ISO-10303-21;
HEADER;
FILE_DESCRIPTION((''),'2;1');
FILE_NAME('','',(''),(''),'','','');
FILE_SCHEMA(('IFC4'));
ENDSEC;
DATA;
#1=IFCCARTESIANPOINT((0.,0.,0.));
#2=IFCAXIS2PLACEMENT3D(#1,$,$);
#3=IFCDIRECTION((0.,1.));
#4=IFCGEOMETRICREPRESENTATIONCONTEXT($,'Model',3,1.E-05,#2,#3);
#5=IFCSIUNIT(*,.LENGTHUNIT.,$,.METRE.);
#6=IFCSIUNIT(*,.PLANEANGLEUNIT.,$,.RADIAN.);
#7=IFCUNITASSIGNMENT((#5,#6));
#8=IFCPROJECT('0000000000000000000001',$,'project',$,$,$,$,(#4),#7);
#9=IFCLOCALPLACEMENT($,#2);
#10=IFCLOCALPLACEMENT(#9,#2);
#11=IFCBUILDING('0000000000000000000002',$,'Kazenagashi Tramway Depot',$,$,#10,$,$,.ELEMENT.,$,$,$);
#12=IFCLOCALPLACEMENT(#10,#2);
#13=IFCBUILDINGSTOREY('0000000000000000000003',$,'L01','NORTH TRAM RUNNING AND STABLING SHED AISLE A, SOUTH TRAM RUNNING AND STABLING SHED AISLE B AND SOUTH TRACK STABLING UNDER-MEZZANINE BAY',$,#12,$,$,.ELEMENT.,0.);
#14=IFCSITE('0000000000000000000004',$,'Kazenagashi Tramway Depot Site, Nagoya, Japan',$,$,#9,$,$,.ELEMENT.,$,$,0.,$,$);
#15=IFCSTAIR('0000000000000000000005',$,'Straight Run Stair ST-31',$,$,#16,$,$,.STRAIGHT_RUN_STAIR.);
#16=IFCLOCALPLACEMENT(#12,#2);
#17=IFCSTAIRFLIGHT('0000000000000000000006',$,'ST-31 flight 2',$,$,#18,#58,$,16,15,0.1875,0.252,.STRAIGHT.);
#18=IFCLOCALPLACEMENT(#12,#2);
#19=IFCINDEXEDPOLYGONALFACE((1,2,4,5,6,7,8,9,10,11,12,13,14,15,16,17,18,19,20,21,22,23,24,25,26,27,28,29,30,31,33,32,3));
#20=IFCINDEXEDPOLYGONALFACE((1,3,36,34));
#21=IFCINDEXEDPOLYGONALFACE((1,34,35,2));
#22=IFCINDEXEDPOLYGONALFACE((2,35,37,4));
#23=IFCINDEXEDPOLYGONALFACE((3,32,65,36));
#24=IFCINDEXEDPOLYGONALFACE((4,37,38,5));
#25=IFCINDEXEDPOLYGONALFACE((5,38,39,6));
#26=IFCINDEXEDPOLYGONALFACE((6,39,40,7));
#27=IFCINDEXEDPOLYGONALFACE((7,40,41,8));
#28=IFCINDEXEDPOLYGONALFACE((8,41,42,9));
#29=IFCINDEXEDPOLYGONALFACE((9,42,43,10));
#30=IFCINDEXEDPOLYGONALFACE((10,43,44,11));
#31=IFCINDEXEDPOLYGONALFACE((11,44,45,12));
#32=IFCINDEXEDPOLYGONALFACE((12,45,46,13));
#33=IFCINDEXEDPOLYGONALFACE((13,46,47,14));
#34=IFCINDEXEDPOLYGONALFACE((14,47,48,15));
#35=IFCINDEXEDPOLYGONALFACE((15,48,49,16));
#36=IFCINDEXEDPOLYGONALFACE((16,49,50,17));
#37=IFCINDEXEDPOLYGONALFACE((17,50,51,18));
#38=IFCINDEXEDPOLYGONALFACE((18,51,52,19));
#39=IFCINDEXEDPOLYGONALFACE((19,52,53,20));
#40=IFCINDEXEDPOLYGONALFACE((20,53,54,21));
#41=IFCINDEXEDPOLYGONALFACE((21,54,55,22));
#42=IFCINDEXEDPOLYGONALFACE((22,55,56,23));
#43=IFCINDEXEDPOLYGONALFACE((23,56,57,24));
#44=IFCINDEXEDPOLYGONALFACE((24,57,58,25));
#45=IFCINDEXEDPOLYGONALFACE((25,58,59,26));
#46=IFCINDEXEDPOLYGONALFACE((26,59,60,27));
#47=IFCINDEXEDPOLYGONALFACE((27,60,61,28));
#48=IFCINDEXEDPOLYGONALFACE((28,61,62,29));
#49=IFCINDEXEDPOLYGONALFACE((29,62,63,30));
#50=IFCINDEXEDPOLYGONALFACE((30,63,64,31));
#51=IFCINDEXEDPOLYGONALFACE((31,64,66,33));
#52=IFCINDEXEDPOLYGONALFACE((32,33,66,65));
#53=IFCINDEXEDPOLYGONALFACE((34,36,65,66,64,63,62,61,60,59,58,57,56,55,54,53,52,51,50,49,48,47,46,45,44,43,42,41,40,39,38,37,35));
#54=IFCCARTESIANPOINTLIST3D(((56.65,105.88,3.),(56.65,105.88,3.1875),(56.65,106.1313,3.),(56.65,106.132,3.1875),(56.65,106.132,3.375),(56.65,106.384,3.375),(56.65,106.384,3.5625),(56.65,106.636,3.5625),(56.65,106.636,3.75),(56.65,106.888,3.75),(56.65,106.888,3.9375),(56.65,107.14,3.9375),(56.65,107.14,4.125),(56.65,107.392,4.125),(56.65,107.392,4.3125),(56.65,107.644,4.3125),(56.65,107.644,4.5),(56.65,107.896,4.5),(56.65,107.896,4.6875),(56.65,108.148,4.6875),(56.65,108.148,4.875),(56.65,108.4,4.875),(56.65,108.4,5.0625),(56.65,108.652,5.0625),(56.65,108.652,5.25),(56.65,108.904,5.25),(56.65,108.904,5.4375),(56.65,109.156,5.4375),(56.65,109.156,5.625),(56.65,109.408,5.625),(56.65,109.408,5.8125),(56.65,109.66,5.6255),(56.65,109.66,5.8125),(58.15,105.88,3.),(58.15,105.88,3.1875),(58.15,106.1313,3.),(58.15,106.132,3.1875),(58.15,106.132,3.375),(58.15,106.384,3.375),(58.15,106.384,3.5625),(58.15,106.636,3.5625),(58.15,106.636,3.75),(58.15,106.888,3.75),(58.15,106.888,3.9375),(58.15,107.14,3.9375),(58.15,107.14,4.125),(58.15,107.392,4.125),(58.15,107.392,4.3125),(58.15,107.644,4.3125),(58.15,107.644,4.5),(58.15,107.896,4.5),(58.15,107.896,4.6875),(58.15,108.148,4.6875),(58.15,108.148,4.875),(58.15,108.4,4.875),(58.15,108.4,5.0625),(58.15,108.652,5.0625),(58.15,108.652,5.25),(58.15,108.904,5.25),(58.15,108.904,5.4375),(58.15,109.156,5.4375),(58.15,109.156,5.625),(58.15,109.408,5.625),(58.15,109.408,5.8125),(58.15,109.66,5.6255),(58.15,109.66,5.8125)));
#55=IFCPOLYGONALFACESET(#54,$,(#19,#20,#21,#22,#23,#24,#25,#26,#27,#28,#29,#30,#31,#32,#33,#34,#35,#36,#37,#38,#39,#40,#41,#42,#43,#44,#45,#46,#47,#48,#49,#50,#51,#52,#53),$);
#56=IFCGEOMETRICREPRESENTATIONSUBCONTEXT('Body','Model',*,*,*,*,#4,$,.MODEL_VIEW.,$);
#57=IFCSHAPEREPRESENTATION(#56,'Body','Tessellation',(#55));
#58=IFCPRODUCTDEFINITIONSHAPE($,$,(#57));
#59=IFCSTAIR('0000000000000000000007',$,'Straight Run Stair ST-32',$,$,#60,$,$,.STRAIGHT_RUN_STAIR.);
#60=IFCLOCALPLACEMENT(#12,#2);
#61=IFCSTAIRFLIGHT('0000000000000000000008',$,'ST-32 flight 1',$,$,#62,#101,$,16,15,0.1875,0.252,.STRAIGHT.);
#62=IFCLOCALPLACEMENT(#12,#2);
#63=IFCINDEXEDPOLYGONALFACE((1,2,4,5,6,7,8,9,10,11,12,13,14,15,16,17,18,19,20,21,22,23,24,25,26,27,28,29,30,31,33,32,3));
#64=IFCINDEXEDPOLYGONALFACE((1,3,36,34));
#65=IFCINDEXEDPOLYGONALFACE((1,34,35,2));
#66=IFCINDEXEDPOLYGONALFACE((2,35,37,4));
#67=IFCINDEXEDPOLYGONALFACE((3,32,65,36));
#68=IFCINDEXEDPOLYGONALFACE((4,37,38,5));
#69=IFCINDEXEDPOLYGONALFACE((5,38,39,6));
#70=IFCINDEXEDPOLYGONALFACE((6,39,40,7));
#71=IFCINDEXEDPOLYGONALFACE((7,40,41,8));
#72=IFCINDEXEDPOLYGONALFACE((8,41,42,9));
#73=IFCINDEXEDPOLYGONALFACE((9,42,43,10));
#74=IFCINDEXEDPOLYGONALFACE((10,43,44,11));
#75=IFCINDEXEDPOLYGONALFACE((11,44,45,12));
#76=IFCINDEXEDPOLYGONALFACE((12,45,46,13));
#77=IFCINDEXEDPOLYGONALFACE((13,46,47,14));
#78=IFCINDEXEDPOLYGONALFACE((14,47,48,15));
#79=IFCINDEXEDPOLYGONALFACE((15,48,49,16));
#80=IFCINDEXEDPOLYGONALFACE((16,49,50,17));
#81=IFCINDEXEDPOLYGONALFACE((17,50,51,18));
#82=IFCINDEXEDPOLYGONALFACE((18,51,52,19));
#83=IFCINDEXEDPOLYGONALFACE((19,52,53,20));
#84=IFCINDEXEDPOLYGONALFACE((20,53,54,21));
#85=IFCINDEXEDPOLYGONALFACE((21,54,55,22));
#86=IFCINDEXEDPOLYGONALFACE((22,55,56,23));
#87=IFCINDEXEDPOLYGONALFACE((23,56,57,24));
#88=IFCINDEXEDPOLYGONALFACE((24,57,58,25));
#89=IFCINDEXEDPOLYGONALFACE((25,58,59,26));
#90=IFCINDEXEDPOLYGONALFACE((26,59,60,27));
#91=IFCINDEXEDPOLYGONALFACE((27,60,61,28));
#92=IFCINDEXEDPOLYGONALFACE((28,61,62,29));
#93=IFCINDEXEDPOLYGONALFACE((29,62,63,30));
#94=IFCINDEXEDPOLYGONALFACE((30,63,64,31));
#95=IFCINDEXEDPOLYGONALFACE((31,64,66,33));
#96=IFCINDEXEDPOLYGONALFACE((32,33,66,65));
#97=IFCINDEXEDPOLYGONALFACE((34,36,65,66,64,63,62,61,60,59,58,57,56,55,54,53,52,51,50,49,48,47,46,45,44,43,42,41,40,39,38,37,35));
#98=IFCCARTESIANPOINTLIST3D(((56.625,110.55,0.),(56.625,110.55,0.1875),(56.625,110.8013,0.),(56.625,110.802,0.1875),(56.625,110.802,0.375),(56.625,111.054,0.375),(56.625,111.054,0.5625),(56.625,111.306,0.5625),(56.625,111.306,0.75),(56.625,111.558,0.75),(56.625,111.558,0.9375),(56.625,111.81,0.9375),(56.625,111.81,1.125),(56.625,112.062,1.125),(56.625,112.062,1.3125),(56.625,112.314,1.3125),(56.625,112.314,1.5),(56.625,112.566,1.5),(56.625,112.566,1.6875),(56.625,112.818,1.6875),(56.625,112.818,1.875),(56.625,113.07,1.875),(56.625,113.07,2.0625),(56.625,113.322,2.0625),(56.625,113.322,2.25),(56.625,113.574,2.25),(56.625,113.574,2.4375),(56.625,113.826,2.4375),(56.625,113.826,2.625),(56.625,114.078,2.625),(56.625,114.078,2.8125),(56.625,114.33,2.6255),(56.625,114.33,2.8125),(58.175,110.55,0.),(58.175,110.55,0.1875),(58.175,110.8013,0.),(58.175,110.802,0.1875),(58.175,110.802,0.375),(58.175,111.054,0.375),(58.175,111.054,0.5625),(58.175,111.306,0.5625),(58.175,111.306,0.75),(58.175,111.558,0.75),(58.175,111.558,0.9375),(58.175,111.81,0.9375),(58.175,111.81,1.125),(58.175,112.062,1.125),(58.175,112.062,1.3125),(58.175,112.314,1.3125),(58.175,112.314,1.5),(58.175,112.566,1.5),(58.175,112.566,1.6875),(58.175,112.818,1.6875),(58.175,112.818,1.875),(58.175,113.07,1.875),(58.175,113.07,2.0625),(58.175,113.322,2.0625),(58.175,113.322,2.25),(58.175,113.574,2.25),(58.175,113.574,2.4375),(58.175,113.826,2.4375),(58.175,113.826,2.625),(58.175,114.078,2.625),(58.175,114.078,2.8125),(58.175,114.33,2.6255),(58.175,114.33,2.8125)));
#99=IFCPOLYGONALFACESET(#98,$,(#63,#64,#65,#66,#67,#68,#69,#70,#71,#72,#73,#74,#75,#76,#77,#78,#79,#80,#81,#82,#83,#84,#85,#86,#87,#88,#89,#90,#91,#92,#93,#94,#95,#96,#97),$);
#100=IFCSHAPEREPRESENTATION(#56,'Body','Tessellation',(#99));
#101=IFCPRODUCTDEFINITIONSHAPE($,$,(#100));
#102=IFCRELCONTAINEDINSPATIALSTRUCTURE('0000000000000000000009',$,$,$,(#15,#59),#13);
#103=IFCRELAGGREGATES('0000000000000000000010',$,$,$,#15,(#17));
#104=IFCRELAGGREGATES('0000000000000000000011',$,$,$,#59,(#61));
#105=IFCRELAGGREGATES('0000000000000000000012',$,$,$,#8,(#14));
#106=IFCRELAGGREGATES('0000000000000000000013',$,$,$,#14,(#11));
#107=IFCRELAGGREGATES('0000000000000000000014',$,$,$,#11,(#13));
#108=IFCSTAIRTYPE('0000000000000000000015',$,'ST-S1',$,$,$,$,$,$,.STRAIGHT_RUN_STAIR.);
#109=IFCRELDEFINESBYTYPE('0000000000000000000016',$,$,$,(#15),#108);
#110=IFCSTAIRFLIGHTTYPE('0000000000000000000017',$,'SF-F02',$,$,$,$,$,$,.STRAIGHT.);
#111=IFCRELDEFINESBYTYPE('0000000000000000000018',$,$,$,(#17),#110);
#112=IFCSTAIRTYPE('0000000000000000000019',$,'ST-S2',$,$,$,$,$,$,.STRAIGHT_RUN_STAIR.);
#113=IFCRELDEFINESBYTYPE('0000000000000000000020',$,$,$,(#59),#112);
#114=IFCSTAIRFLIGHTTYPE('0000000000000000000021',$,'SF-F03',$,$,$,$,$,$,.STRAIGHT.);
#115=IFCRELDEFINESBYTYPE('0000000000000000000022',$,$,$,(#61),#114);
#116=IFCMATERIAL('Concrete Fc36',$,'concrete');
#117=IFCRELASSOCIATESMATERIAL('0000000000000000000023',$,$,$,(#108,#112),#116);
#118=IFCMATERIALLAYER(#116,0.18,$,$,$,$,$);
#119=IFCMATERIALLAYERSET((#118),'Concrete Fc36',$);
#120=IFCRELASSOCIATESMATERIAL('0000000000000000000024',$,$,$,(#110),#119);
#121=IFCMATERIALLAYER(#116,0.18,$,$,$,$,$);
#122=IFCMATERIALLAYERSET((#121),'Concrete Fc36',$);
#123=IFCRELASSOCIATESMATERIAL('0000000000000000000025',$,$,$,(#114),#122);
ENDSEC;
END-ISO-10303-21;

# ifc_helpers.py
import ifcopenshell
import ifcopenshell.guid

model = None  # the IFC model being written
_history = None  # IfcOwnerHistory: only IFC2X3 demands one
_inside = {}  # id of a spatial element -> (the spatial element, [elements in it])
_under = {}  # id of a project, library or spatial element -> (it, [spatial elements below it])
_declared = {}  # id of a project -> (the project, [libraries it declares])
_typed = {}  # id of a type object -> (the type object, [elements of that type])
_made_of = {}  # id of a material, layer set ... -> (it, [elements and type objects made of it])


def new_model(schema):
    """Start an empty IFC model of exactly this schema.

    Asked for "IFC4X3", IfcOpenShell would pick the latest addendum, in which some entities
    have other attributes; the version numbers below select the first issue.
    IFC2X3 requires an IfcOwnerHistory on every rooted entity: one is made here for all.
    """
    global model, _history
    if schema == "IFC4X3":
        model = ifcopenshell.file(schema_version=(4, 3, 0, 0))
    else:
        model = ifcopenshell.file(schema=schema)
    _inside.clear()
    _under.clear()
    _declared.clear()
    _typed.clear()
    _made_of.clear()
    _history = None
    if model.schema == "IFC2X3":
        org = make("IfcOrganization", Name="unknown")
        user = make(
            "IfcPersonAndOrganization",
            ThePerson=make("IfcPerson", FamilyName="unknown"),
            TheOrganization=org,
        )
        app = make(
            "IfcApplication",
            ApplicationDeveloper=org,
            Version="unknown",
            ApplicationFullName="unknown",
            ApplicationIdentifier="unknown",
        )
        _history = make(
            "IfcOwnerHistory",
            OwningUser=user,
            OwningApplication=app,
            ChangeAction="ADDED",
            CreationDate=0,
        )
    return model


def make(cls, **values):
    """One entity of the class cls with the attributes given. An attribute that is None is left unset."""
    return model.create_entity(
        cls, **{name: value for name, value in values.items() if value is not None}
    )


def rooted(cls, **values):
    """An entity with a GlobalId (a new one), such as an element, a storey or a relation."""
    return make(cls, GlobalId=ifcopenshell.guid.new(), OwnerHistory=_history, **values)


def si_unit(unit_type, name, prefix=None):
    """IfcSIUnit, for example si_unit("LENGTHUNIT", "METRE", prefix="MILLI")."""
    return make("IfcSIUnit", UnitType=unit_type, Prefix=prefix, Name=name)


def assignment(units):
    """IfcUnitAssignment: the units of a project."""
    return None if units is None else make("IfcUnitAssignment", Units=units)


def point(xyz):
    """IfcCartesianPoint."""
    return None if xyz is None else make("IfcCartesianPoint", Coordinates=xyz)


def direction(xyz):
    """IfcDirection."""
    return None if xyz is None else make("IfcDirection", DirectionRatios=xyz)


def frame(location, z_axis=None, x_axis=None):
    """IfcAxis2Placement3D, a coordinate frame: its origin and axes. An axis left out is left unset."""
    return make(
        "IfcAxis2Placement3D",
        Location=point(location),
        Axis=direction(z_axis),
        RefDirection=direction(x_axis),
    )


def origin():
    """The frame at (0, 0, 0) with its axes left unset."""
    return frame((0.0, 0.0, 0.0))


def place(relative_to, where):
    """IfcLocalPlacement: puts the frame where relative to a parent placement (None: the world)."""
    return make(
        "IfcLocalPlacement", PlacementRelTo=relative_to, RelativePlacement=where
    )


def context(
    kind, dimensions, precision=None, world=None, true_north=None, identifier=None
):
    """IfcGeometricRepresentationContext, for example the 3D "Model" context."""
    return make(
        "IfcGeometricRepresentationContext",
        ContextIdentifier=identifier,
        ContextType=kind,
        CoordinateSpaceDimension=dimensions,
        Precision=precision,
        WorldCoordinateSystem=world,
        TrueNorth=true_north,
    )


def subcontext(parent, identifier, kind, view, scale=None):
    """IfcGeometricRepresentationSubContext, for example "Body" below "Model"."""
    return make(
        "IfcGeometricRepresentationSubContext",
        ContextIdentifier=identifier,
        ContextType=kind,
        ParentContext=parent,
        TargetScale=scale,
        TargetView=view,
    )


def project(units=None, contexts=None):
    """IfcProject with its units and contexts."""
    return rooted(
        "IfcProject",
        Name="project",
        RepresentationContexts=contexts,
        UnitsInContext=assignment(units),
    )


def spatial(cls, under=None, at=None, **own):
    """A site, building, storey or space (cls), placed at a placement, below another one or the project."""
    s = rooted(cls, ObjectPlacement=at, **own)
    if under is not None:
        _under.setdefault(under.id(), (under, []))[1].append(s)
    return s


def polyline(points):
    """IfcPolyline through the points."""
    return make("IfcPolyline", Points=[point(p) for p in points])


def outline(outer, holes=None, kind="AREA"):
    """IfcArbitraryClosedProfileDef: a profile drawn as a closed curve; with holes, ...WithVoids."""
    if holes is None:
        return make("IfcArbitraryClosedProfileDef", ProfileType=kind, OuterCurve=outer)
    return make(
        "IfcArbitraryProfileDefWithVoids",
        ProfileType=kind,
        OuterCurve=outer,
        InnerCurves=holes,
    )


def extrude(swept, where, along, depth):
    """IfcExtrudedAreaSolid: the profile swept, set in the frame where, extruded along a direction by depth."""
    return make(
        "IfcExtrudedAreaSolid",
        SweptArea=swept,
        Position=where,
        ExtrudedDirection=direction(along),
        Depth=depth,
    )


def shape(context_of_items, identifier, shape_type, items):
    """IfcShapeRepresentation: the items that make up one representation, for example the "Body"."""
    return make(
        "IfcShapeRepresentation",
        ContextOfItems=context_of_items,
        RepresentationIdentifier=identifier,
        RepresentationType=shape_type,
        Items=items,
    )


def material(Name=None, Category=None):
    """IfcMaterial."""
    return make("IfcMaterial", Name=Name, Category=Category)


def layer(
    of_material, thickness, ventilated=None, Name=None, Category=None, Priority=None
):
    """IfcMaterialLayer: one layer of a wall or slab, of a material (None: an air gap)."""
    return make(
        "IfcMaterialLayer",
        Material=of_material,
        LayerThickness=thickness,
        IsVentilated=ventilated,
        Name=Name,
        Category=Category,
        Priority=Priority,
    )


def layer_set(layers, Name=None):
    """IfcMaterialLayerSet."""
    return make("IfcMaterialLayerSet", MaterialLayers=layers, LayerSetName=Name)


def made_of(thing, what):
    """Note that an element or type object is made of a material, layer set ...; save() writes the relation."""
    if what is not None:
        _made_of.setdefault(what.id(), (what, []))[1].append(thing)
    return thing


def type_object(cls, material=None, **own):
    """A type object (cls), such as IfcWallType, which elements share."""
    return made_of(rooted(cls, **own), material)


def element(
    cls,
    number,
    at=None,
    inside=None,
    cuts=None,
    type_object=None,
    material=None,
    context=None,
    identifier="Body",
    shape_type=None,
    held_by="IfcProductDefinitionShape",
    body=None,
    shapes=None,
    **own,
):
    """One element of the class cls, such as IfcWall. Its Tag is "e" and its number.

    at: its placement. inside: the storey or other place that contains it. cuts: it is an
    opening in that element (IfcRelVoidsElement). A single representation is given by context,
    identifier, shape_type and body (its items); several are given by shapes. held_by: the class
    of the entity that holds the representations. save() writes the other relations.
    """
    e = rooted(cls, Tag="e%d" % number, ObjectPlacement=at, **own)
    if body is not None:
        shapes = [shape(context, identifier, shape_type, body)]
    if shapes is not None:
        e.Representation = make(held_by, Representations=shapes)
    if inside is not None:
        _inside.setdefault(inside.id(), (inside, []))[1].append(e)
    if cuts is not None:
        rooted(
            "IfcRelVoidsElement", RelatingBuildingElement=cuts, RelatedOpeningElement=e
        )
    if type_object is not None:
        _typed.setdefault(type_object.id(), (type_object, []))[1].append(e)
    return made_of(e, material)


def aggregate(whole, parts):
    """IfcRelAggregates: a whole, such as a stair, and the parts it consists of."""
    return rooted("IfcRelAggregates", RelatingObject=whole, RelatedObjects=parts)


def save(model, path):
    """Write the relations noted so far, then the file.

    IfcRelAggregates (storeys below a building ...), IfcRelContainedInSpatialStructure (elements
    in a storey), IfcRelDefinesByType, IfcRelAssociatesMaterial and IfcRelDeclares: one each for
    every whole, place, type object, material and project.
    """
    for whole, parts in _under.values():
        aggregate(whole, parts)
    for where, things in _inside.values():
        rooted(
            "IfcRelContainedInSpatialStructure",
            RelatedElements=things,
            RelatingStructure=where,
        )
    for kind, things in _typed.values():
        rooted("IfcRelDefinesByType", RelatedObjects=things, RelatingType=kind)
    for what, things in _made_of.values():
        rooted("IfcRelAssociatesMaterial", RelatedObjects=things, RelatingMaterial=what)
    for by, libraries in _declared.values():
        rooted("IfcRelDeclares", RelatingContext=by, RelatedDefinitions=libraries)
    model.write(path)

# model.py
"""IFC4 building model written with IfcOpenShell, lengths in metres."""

from ifc_helpers import new_model, si_unit, direction, frame, origin, place, context, subcontext, project, spatial, polyline, outline, extrude, material, layer, layer_set, type_object, element, aggregate, save


model = new_model("IFC4")

# Units and contexts
model_context = context("Model", 3, precision=1e-05, world=origin(), true_north=direction((0.0, 1.0)))
body_context = subcontext(model_context, "Body", "Model", "MODEL_VIEW")
ifc_project = project(units=[si_unit("LENGTHUNIT", "METRE"), si_unit("PLANEANGLEUNIT", "RADIAN")], contexts=[model_context])

# Site, building, storey
site_placement = place(None, origin())
site = spatial("IfcSite", under=ifc_project, at=site_placement, Name="Kazenagashi Tramway Depot Site, Nagoya, Japan", CompositionType="ELEMENT", RefElevation=0.0)
building_placement = place(site_placement, origin())
building = spatial("IfcBuilding", under=site, at=building_placement, Name="Kazenagashi Tramway Depot", CompositionType="ELEMENT")
storey_placement = place(building_placement, origin())
storey = spatial("IfcBuildingStorey", under=building, at=storey_placement, Name="L01", Description="NORTH TRAM RUNNING AND STABLING SHED AISLE A, SOUTH TRAM RUNNING AND STABLING SHED AISLE B AND SOUTH TRACK STABLING UNDER-MEZZANINE BAY", CompositionType="ELEMENT", Elevation=0.0)

# Stair, stair flight
ifc_material_1 = material(Name="Concrete Fc36", Category="concrete")
stair_type_1 = type_object("IfcStairType", Name="ST-S1", PredefinedType="STRAIGHT_RUN_STAIR", material=ifc_material_1)
stair_1_placement = place(storey_placement, origin())
stair_1 = element("IfcStair", 1, at=stair_1_placement, inside=storey, type_object=stair_type_1, Name="Straight Run Stair ST-31", PredefinedType="STRAIGHT_RUN_STAIR")
ifc_layer_1 = layer(ifc_material_1, 0.18)
ifc_layer_set_1 = layer_set([ifc_layer_1], Name="Concrete Fc36")
stair_flight_type_1 = type_object("IfcStairFlightType", Name="SF-F02", PredefinedType="STRAIGHT", material=ifc_layer_set_1)
stair_flight_1_placement = place(storey_placement, frame((57.4, 105.88, 3.0), z_axis=(0.0, 0.0, 1.0), x_axis=(0.0, 1.0, 0.0)))
stair_flight_1 = element("IfcStairFlight", 2, at=stair_flight_1_placement, type_object=stair_flight_type_1, Name="ST-31 flight 2", NumberOfRisers=16, NumberOfTreads=15, PredefinedType="STRAIGHT", RiserHeight=0.1875, TreadLength=0.252, context=body_context, shape_type="SweptSolid", body=[
    extrude(outline(polyline([(0.0, 0.0), (0.0, 0.1875), (0.252, 0.1875), (0.252, 0.375), (0.504, 0.375), (0.504, 0.5625), (0.756, 0.5625), (0.756, 0.75), (1.008, 0.75), (1.008, 0.9375), (1.26, 0.9375), (1.26, 1.125), (1.512, 1.125), (1.512, 1.3125), (1.764, 1.3125), (1.764, 1.5), (2.016, 1.5), (2.016, 1.6875), (2.268, 1.6875), (2.268, 1.875), (2.52, 1.875), (2.52, 2.0625), (2.772, 2.0625), (2.772, 2.25), (3.024, 2.25), (3.024, 2.4375), (3.276, 2.4375), (3.276, 2.625), (3.528, 2.625), (3.528, 2.8125), (3.78, 2.8125), (3.78, 3.0), (3.78, 2.6255), (0.2513, 0.0), (0.0, 0.0)])), frame((0.0, 0.75, 0.0), z_axis=(0.0, -1.0, 0.0), x_axis=(1.0, 0.0, 0.0)), (0.0, 0.0, 1.0), 1.5),
])
aggregate(stair_1, [stair_flight_1])

# Stair, stair flight
stair_type_2 = type_object("IfcStairType", Name="ST-S2", PredefinedType="STRAIGHT_RUN_STAIR", material=ifc_material_1)
stair_2_placement = place(storey_placement, origin())
stair_2 = element("IfcStair", 3, at=stair_2_placement, inside=storey, type_object=stair_type_2, Name="Straight Run Stair ST-32", PredefinedType="STRAIGHT_RUN_STAIR")
ifc_layer_2 = layer(ifc_material_1, 0.18)
ifc_layer_set_2 = layer_set([ifc_layer_2], Name="Concrete Fc36")
stair_flight_type_2 = type_object("IfcStairFlightType", Name="SF-F03", PredefinedType="STRAIGHT", material=ifc_layer_set_2)
stair_flight_2_placement = place(storey_placement, frame((57.4, 110.55, 0.0), z_axis=(0.0, 0.0, 1.0), x_axis=(0.0, 1.0, 0.0)))
stair_flight_2 = element("IfcStairFlight", 4, at=stair_flight_2_placement, type_object=stair_flight_type_2, Name="ST-32 flight 1", NumberOfRisers=16, NumberOfTreads=15, PredefinedType="STRAIGHT", RiserHeight=0.1875, TreadLength=0.252, context=body_context, shape_type="SweptSolid", body=[
    extrude(outline(polyline([(0.0, 0.0), (0.0, 0.1875), (0.252, 0.1875), (0.252, 0.375), (0.504, 0.375), (0.504, 0.5625), (0.756, 0.5625), (0.756, 0.75), (1.008, 0.75), (1.008, 0.9375), (1.26, 0.9375), (1.26, 1.125), (1.512, 1.125), (1.512, 1.3125), (1.764, 1.3125), (1.764, 1.5), (2.016, 1.5), (2.016, 1.6875), (2.268, 1.6875), (2.268, 1.875), (2.52, 1.875), (2.52, 2.0625), (2.772, 2.0625), (2.772, 2.25), (3.024, 2.25), (3.024, 2.4375), (3.276, 2.4375), (3.276, 2.625), (3.528, 2.625), (3.528, 2.8125), (3.78, 2.8125), (3.78, 3.0), (3.78, 2.6255), (0.2513, 0.0), (0.0, 0.0)])), frame((0.0, 0.775, 0.0), z_axis=(0.0, -1.0, 0.0), x_axis=(1.0, 0.0, 0.0)), (0.0, 0.0, 1.0), 1.55),
])
aggregate(stair_2, [stair_flight_2])

save(model, "model.ifc")
